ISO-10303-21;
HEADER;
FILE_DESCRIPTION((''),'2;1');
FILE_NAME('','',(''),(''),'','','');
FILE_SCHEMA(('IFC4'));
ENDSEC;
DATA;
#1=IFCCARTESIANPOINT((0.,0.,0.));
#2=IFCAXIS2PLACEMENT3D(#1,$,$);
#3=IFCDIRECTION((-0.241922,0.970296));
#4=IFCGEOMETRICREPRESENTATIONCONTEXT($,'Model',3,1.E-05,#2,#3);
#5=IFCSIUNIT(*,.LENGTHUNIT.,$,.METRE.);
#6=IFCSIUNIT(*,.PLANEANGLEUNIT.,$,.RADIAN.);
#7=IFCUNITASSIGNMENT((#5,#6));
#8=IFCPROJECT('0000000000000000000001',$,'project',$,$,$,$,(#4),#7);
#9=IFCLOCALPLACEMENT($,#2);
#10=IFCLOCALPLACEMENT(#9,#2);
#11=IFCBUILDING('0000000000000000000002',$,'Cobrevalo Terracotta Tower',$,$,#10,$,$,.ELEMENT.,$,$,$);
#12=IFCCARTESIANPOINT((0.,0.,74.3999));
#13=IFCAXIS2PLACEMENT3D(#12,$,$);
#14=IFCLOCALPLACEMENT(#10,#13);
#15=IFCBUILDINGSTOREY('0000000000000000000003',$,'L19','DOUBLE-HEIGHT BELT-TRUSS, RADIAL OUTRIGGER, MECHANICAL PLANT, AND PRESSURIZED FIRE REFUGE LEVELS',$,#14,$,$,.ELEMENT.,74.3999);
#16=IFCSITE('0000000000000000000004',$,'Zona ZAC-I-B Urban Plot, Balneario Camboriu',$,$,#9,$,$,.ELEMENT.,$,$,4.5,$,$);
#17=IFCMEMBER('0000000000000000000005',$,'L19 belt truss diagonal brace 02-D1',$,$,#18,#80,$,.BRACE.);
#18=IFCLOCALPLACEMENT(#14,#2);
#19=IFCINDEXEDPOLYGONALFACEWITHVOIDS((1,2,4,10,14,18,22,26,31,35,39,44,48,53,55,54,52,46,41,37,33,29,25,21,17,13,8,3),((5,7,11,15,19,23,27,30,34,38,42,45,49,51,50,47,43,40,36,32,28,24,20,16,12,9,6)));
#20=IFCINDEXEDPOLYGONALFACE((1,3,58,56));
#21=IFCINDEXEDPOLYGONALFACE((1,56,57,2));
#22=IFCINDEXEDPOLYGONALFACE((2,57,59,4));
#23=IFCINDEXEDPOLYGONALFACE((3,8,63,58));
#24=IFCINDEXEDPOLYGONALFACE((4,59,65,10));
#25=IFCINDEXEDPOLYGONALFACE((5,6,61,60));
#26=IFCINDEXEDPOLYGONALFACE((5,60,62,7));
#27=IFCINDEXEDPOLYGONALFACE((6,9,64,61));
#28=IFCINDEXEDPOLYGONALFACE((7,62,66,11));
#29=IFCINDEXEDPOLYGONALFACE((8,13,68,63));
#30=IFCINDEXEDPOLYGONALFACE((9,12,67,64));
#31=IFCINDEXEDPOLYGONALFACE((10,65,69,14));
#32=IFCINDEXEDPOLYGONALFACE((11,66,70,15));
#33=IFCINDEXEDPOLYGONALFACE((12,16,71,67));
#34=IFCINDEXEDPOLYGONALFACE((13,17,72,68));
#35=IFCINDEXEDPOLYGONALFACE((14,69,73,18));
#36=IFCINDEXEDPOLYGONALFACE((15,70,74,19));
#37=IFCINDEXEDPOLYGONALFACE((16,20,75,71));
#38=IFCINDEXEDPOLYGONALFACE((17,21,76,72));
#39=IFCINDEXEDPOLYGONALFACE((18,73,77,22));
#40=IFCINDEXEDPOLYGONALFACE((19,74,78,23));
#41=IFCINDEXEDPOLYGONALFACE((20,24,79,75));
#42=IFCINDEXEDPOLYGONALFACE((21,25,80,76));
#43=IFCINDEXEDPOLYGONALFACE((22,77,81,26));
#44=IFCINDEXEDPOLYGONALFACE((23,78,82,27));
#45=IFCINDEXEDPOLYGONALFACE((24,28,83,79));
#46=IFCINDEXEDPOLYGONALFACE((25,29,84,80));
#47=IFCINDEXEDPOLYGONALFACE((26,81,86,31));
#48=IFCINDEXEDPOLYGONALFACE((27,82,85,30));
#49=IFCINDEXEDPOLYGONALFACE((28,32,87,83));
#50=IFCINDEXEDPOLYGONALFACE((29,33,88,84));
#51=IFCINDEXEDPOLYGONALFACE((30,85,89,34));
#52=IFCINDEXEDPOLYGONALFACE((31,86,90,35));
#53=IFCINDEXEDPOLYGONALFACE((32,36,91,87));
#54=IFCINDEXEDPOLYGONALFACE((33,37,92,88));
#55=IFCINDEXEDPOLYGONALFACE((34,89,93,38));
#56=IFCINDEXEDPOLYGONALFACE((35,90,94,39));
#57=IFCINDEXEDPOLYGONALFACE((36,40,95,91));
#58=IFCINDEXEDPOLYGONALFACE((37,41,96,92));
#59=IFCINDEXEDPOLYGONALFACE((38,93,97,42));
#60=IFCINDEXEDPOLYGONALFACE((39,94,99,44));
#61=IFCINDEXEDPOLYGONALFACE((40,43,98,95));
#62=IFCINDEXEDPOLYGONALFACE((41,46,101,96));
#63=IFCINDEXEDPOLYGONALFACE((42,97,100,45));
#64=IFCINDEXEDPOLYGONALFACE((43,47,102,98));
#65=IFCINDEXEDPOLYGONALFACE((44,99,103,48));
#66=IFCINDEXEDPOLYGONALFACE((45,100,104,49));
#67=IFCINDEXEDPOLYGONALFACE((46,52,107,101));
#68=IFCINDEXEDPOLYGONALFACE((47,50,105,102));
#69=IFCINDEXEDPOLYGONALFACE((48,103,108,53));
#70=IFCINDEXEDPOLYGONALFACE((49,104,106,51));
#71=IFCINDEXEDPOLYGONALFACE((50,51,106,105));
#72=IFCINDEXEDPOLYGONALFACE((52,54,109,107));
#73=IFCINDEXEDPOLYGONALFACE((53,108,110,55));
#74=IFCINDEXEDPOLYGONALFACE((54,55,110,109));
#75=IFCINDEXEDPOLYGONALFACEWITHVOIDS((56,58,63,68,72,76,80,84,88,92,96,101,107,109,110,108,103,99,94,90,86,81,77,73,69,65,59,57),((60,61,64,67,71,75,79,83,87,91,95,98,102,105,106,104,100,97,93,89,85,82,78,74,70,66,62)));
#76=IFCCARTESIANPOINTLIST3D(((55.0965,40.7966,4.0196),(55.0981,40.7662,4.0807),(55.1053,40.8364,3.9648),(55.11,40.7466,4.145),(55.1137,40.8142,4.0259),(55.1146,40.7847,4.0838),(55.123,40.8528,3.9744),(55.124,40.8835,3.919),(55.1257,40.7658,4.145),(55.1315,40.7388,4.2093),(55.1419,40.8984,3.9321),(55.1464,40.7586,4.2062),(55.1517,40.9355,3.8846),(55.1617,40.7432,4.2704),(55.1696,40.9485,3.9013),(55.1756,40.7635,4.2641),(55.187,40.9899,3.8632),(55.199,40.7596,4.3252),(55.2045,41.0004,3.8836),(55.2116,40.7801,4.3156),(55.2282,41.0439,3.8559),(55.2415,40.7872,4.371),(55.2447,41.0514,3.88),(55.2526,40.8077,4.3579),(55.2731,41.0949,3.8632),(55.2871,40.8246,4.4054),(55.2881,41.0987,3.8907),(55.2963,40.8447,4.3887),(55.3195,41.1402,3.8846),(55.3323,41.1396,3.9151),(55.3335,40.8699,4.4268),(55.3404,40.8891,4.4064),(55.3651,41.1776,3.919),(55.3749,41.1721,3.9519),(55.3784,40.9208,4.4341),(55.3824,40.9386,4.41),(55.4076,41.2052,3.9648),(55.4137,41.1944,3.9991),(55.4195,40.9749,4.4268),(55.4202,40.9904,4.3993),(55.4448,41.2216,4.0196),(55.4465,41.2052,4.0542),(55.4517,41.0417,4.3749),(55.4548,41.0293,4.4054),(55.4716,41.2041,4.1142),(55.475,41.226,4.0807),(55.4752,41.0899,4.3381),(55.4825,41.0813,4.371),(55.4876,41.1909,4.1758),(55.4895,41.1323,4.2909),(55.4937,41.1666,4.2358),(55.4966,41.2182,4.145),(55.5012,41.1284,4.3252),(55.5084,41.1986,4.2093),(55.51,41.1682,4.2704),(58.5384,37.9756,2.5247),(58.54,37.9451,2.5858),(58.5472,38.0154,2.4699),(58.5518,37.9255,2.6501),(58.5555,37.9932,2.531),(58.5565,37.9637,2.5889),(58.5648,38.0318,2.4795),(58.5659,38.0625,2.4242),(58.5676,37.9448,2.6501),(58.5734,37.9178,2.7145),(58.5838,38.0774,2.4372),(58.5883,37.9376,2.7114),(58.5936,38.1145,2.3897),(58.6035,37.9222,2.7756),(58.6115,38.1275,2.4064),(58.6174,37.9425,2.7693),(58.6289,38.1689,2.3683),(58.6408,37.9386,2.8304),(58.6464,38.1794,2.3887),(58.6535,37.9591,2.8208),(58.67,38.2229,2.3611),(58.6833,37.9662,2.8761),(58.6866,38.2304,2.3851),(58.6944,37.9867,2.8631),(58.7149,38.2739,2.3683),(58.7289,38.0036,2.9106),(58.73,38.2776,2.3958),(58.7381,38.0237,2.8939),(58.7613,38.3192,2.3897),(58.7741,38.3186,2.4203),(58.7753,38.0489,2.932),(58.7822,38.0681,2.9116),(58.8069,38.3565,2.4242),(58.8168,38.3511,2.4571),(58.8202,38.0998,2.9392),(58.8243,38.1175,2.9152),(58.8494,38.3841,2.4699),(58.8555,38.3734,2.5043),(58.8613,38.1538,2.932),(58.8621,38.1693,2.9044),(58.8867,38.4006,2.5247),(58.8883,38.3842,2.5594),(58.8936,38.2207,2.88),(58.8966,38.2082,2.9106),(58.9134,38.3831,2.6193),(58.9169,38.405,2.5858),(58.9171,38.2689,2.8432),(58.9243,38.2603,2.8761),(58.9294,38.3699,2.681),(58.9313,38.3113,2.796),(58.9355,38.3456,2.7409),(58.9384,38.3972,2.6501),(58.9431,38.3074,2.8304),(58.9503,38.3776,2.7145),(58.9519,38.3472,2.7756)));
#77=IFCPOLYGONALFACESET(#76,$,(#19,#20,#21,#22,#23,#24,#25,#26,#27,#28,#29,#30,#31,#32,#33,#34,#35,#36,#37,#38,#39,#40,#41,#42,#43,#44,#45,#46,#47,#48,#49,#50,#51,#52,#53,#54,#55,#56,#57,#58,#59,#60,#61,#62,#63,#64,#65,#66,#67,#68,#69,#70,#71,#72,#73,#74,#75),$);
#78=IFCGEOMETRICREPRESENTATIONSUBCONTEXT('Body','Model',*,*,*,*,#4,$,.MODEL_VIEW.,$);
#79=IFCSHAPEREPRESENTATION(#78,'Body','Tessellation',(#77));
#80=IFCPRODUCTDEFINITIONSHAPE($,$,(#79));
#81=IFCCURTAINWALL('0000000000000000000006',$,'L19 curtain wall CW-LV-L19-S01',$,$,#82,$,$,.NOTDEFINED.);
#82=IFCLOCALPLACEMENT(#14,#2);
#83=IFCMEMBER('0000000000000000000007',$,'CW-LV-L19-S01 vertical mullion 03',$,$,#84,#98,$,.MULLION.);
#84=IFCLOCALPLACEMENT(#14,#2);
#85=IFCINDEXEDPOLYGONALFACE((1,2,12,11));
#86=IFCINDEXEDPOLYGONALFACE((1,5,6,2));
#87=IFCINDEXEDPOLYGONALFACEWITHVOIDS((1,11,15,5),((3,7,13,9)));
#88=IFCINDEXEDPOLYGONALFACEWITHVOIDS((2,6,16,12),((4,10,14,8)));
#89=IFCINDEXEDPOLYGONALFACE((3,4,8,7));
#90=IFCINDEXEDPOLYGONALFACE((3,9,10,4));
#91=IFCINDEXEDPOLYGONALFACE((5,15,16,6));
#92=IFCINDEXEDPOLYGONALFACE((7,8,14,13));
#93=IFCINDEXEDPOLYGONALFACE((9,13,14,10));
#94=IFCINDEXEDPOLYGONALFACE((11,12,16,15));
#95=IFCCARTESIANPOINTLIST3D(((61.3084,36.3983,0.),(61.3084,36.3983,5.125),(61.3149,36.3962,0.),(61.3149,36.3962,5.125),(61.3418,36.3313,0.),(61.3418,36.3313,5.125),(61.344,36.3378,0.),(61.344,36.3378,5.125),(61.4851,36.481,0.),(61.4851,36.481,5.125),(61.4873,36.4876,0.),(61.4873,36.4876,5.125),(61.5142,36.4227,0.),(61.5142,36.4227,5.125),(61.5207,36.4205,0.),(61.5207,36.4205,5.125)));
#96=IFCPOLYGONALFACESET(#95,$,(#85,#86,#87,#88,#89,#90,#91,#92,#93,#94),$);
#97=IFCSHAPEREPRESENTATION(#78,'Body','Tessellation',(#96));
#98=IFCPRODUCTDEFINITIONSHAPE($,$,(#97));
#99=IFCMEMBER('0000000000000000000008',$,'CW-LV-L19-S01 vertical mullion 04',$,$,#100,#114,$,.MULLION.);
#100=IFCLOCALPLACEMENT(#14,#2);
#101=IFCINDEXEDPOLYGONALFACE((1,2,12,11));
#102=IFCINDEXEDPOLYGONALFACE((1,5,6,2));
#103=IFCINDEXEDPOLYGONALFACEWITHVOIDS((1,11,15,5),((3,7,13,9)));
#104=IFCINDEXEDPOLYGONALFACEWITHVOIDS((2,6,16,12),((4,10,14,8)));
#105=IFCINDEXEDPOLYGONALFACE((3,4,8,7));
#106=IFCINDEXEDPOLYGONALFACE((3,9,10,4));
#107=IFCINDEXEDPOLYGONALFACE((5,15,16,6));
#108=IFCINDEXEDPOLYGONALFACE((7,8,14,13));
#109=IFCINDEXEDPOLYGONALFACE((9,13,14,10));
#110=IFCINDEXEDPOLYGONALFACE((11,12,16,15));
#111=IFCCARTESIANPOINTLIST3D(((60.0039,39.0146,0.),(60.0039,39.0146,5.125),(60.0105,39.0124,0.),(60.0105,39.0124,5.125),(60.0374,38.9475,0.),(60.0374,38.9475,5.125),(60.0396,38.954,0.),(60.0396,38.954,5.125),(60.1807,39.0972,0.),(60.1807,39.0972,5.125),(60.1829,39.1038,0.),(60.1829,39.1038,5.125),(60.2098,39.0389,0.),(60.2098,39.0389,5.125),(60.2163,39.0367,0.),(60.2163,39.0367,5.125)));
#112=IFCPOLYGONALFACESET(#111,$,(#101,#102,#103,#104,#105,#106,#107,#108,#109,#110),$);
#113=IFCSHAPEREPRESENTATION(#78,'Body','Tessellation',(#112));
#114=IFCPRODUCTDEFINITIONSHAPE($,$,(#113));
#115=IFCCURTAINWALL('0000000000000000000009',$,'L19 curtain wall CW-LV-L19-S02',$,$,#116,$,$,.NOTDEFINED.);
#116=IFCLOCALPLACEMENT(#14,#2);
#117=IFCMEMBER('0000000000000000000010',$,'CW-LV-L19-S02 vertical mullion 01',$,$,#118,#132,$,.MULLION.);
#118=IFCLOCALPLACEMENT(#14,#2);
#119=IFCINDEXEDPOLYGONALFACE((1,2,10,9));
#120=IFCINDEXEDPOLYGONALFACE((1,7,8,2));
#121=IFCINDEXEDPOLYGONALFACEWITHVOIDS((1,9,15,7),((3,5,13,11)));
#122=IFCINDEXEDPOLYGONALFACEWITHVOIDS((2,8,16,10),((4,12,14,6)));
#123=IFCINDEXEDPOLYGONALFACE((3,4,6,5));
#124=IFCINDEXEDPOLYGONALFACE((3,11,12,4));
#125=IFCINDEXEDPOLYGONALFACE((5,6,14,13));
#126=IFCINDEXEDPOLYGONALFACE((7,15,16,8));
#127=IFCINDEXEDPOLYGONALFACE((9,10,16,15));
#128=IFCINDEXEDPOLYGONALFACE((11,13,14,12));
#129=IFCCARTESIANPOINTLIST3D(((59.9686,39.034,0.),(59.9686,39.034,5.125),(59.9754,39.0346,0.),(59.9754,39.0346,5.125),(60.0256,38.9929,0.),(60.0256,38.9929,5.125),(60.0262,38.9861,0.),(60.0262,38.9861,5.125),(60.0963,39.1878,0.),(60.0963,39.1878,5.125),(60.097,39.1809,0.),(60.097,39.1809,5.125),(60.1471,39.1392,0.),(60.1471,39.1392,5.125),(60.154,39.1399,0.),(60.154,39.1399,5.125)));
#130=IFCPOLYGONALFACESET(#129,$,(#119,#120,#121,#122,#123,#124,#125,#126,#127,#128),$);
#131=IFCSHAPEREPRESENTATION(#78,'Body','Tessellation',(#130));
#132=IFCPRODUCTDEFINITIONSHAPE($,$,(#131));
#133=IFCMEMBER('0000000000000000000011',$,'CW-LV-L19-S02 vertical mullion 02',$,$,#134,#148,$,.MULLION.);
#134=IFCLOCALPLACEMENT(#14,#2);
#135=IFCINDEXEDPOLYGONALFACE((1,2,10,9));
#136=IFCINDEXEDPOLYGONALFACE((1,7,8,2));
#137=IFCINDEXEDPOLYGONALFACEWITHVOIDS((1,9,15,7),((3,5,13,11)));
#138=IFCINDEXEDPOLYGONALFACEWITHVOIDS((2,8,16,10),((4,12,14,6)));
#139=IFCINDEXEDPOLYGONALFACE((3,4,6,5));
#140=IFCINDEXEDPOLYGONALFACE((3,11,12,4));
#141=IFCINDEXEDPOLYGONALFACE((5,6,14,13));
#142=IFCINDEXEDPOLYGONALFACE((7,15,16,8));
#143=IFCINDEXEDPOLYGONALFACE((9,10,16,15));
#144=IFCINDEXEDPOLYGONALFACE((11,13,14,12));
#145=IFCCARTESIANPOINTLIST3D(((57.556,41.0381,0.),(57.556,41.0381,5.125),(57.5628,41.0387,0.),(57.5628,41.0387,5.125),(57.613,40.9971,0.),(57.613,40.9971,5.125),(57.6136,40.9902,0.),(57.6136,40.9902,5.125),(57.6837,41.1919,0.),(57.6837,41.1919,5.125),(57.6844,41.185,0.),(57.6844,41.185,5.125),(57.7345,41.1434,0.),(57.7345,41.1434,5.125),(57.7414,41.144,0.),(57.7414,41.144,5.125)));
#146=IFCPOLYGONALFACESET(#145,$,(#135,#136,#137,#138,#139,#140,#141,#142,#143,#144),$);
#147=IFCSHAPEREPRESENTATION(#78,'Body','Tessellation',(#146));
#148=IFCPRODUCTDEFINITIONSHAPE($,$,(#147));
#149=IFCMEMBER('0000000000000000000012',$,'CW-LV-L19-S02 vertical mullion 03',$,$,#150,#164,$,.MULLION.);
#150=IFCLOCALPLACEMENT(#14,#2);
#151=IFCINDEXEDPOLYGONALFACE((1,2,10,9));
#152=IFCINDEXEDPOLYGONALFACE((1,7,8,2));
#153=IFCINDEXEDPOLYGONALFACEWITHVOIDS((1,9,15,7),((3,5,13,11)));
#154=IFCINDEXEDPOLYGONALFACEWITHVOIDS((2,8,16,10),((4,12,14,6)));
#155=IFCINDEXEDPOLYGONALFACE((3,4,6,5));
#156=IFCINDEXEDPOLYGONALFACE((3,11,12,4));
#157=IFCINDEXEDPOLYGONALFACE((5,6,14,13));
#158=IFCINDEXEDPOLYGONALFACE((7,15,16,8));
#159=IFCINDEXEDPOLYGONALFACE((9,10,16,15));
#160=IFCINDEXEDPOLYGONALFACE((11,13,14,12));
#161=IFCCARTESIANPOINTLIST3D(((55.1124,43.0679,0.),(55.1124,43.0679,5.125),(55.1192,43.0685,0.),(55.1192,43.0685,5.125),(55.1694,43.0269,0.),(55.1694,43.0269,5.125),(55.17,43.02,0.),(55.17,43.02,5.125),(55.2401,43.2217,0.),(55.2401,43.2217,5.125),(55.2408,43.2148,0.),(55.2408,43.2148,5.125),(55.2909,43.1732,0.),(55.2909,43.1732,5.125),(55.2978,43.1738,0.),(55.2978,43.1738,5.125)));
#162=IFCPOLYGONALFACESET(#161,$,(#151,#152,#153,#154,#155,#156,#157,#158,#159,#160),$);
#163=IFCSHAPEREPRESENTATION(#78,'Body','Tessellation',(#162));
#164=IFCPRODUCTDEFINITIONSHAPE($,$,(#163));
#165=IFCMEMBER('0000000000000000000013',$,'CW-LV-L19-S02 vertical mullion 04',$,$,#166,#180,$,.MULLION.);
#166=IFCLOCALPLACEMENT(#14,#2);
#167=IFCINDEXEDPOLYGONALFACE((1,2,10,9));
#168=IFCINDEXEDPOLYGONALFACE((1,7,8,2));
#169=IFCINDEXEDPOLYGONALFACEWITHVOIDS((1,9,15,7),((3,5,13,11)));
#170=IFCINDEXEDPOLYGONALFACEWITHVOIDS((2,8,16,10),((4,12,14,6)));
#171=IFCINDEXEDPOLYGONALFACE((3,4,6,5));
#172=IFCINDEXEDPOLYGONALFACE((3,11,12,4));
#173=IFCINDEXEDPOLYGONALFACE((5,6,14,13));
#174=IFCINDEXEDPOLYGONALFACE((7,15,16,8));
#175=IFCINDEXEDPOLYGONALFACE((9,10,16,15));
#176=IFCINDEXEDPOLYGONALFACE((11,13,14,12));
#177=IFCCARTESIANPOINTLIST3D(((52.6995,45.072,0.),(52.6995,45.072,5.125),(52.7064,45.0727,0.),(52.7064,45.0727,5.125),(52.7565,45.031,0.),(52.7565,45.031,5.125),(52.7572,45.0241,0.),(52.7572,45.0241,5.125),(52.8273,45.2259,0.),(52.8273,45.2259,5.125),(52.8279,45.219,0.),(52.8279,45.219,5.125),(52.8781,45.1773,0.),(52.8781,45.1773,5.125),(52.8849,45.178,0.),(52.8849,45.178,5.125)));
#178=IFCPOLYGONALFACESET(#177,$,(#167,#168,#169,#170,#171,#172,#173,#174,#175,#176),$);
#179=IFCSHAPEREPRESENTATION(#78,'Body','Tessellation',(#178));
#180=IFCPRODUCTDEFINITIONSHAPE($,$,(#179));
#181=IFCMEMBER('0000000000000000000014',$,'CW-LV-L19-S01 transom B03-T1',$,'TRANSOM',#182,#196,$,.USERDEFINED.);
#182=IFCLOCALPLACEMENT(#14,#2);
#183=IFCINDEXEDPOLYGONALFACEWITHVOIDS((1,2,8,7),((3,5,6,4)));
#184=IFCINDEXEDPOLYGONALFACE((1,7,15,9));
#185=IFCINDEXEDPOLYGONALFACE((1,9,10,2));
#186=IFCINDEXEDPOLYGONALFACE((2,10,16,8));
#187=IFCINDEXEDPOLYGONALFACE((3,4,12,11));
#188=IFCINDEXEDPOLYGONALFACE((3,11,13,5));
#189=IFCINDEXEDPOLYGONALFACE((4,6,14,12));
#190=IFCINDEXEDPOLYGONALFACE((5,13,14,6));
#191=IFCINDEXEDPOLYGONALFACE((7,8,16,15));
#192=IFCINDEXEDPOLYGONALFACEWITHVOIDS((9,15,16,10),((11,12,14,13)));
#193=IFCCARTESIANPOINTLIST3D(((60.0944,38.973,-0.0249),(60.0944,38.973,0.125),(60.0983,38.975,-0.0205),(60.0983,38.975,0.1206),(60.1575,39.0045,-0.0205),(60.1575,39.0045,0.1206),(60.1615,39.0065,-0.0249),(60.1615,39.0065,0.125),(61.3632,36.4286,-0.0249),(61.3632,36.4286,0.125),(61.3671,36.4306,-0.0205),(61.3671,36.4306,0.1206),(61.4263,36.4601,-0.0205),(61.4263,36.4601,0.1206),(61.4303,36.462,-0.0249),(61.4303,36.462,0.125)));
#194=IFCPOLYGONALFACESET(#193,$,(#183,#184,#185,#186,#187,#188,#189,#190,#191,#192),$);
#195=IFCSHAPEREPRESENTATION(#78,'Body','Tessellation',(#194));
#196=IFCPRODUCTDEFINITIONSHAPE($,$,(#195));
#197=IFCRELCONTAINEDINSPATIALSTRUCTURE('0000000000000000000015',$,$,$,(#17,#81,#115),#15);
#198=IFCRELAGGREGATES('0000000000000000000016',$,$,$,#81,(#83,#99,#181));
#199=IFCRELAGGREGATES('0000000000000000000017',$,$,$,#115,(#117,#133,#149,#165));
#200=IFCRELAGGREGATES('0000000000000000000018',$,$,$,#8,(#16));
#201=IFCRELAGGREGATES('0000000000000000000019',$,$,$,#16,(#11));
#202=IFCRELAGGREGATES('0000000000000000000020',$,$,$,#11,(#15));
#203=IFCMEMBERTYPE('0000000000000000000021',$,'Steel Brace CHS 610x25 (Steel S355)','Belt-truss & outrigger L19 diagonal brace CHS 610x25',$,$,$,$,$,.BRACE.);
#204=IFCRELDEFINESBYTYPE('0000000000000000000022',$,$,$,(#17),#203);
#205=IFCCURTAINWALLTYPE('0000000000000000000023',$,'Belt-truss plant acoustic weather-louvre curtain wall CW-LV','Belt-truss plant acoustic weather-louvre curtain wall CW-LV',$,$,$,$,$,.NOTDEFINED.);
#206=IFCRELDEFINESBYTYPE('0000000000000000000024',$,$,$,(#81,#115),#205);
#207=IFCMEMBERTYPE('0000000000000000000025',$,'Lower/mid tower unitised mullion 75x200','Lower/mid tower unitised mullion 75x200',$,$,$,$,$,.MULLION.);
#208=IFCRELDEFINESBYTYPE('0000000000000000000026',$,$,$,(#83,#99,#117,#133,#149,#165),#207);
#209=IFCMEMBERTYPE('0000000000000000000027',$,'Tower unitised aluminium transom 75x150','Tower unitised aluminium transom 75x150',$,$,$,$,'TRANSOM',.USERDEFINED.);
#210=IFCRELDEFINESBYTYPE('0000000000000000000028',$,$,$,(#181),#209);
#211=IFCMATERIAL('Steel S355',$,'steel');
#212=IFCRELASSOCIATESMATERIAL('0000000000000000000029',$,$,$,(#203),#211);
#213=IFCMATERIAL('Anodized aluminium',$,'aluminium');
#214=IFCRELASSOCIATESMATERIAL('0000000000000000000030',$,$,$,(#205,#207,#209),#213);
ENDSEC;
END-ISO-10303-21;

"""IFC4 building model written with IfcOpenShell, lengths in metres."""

from ifc_helpers import new_model, si_unit, direction, frame, origin, origin_2d, place, context, subcontext, project, spatial, hollow_rectangle, hollow_circle, extrude, source, transform, mapped, material, material_profile, profile_set, type_object, element, aggregate, save


model = new_model("IFC4")

# Units and contexts
model_context = context("Model", 3, precision=1e-05, world=origin(), true_north=direction((-0.241922, 0.970296)))
body_context = subcontext(model_context, "Body", "Model", "MODEL_VIEW")
ifc_project = project(units=[si_unit("LENGTHUNIT", "METRE"), si_unit("PLANEANGLEUNIT", "RADIAN")], contexts=[model_context])

# Site, building, storey
site_placement = place(None, origin())
site = spatial("IfcSite", under=ifc_project, at=site_placement, Name="Zona ZAC-I-B Urban Plot, Balneario Camboriu", CompositionType="ELEMENT", RefElevation=4.5)
building_placement = place(site_placement, origin())
building = spatial("IfcBuilding", under=site, at=building_placement, Name="Cobrevalo Terracotta Tower", CompositionType="ELEMENT")
storey_placement = place(building_placement, frame((0.0, 0.0, 74.3999)))
storey = spatial("IfcBuildingStorey", under=building, at=storey_placement, Name="L19", Description="DOUBLE-HEIGHT BELT-TRUSS, RADIAL OUTRIGGER, MECHANICAL PLANT, AND PRESSURIZED FIRE REFUGE LEVELS", CompositionType="ELEMENT", Elevation=74.3999)

# Shared definitions
ifc_material_1 = material(Name="Steel S355", Category="steel")

# Member
ifc_material_profile_1 = material_profile(ifc_material_1, hollow_circle(Radius=0.3049, WallThickness=0.0249, at=origin_2d()), Name="CHS 610x25")
ifc_profile_set_1 = profile_set([ifc_material_profile_1], Name="Steel S355")
member_type_1 = type_object("IfcMemberType", Name="Steel Brace CHS 610x25 (Steel S355)", Description="Belt-truss & outrigger L19 diagonal brace CHS 610x25", PredefinedType="BRACE", material=ifc_profile_set_1)
shared_shape_1 = source(origin(), body_context, "Body", "SweptSolid", [
    extrude(hollow_circle(Radius=0.3049, WallThickness=0.0249, at=origin_2d()), origin(), (0.0, 0.0, 1.0), 4.6946),
])
member_1_placement = place(storey_placement, frame((58.7451, 38.1614, 2.6501), z_axis=(-0.733155, 0.600909, 0.318422), x_axis=(-0.633904, -0.773412, 0.0)))
element("IfcMember", 1, at=member_1_placement, inside=storey, type_object=member_type_1, Name="L19 belt truss diagonal brace 02-D1", PredefinedType="BRACE", context=body_context, shape_type="MappedRepresentation", body=[
    mapped(shared_shape_1, transform((0.0, 0.0, 0.0), scale=1.0)),
])

# Curtain walls, members
ifc_material_2 = material(Name="Anodized aluminium", Category="aluminium")
curtain_wall_type = type_object("IfcCurtainWallType", Name="Belt-truss plant acoustic weather-louvre curtain wall CW-LV", Description="Belt-truss plant acoustic weather-louvre curtain wall CW-LV", PredefinedType="NOTDEFINED", material=ifc_material_2)
curtain_wall_1_placement = place(storey_placement, origin())
curtain_wall_1 = element("IfcCurtainWall", 2, at=curtain_wall_1_placement, inside=storey, type_object=curtain_wall_type, Name="L19 curtain wall CW-LV-L19-S01", PredefinedType="NOTDEFINED")
ifc_material_profile_2 = material_profile(ifc_material_2, hollow_rectangle(XDim=0.075, YDim=0.2, WallThickness=0.0049, at=origin_2d()), Name="CWM 75x200")
ifc_profile_set_2 = profile_set([ifc_material_profile_2], Name="Anodized aluminium")
member_type_2 = type_object("IfcMemberType", Name="Lower/mid tower unitised mullion 75x200", Description="Lower/mid tower unitised mullion 75x200", PredefinedType="MULLION", material=ifc_profile_set_2)
shared_shape_2 = source(origin(), body_context, "Body", "SweptSolid", [
    extrude(hollow_rectangle(XDim=0.075, YDim=0.2, WallThickness=0.0049, at=origin_2d()), origin(), (0.0, 0.0, 1.0), 5.125),
])
member_2_placement = place(storey_placement, frame((61.4146, 36.4094, 0.0), z_axis=(0.0, 0.0, 1.0), x_axis=(-0.44626, 0.894903, 0.0)))
member_2 = element("IfcMember", 3, at=member_2_placement, type_object=member_type_2, Name="CW-LV-L19-S01 vertical mullion 03", PredefinedType="MULLION", context=body_context, shape_type="MappedRepresentation", body=[
    mapped(shared_shape_2, transform((0.0, 0.0, 0.0), scale=1.0)),
])
member_3_placement = place(storey_placement, frame((60.1101, 39.0256, 0.0), z_axis=(0.0, 0.0, 1.0), x_axis=(-0.44626, 0.894903, 0.0)))
member_3 = element("IfcMember", 4, at=member_3_placement, type_object=member_type_2, Name="CW-LV-L19-S01 vertical mullion 04", PredefinedType="MULLION", context=body_context, shape_type="MappedRepresentation", body=[
    mapped(shared_shape_2, transform((0.0, 0.0, 0.0), scale=1.0)),
])
curtain_wall_2_placement = place(storey_placement, origin())
curtain_wall_2 = element("IfcCurtainWall", 5, at=curtain_wall_2_placement, inside=storey, type_object=curtain_wall_type, Name="L19 curtain wall CW-LV-L19-S02", PredefinedType="NOTDEFINED")
member_4_placement = place(storey_placement, frame((60.0613, 39.0869, 0.0), z_axis=(0.0, 0.0, 1.0), x_axis=(-0.769243, 0.638956, 0.0)))
member_4 = element("IfcMember", 6, at=member_4_placement, type_object=member_type_2, Name="CW-LV-L19-S02 vertical mullion 01", PredefinedType="MULLION", context=body_context, shape_type="MappedRepresentation", body=[
    mapped(shared_shape_2, transform((0.0, 0.0, 0.0), scale=1.0)),
])
member_5_placement = place(storey_placement, frame((57.6487, 41.0911, 0.0), z_axis=(0.0, 0.0, 1.0), x_axis=(-0.769243, 0.638956, 0.0)))
member_5 = element("IfcMember", 7, at=member_5_placement, type_object=member_type_2, Name="CW-LV-L19-S02 vertical mullion 02", PredefinedType="MULLION", context=body_context, shape_type="MappedRepresentation", body=[
    mapped(shared_shape_2, transform((0.0, 0.0, 0.0), scale=1.0)),
])
member_6_placement = place(storey_placement, frame((55.2051, 43.1208, 0.0), z_axis=(0.0, 0.0, 1.0), x_axis=(-0.769243, 0.638956, 0.0)))
member_6 = element("IfcMember", 8, at=member_6_placement, type_object=member_type_2, Name="CW-LV-L19-S02 vertical mullion 03", PredefinedType="MULLION", context=body_context, shape_type="MappedRepresentation", body=[
    mapped(shared_shape_2, transform((0.0, 0.0, 0.0), scale=1.0)),
])
member_7_placement = place(storey_placement, frame((52.7922, 45.125, 0.0), z_axis=(0.0, 0.0, 1.0), x_axis=(-0.769243, 0.638956, 0.0)))
member_7 = element("IfcMember", 9, at=member_7_placement, type_object=member_type_2, Name="CW-LV-L19-S02 vertical mullion 04", PredefinedType="MULLION", context=body_context, shape_type="MappedRepresentation", body=[
    mapped(shared_shape_2, transform((0.0, 0.0, 0.0), scale=1.0)),
])

# Member
ifc_material_profile_3 = material_profile(ifc_material_2, hollow_rectangle(XDim=0.075, YDim=0.1499, WallThickness=0.0044, at=origin_2d()), Name="CWT 75x150")
ifc_profile_set_3 = profile_set([ifc_material_profile_3], Name="Anodized aluminium")
member_type_3 = type_object("IfcMemberType", Name="Tower unitised aluminium transom 75x150", Description="Tower unitised aluminium transom 75x150", ElementType="TRANSOM", PredefinedType="USERDEFINED", material=ifc_profile_set_3)
shared_shape_3 = source(origin(), body_context, "Body", "SweptSolid", [
    extrude(hollow_rectangle(XDim=0.075, YDim=0.1499, WallThickness=0.0044, at=origin_2d()), origin(), (0.0, 0.0, 1.0), 2.8433),
])
member_8_placement = place(storey_placement, frame((61.3967, 36.4453, 0.05), z_axis=(-0.446252, 0.894908, 0.0), x_axis=(-0.894908, -0.446252, 0.0)))
member_8 = element("IfcMember", 10, at=member_8_placement, type_object=member_type_3, Name="CW-LV-L19-S01 transom B03-T1", ObjectType="TRANSOM", PredefinedType="USERDEFINED", context=body_context, shape_type="MappedRepresentation", body=[
    mapped(shared_shape_3, transform((0.0, 0.0, 0.0), scale=1.0)),
])

aggregate(curtain_wall_1, [member_2, member_3, member_8])
aggregate(curtain_wall_2, [member_4, member_5, member_6, member_7])

save(model, "model.ifc")
